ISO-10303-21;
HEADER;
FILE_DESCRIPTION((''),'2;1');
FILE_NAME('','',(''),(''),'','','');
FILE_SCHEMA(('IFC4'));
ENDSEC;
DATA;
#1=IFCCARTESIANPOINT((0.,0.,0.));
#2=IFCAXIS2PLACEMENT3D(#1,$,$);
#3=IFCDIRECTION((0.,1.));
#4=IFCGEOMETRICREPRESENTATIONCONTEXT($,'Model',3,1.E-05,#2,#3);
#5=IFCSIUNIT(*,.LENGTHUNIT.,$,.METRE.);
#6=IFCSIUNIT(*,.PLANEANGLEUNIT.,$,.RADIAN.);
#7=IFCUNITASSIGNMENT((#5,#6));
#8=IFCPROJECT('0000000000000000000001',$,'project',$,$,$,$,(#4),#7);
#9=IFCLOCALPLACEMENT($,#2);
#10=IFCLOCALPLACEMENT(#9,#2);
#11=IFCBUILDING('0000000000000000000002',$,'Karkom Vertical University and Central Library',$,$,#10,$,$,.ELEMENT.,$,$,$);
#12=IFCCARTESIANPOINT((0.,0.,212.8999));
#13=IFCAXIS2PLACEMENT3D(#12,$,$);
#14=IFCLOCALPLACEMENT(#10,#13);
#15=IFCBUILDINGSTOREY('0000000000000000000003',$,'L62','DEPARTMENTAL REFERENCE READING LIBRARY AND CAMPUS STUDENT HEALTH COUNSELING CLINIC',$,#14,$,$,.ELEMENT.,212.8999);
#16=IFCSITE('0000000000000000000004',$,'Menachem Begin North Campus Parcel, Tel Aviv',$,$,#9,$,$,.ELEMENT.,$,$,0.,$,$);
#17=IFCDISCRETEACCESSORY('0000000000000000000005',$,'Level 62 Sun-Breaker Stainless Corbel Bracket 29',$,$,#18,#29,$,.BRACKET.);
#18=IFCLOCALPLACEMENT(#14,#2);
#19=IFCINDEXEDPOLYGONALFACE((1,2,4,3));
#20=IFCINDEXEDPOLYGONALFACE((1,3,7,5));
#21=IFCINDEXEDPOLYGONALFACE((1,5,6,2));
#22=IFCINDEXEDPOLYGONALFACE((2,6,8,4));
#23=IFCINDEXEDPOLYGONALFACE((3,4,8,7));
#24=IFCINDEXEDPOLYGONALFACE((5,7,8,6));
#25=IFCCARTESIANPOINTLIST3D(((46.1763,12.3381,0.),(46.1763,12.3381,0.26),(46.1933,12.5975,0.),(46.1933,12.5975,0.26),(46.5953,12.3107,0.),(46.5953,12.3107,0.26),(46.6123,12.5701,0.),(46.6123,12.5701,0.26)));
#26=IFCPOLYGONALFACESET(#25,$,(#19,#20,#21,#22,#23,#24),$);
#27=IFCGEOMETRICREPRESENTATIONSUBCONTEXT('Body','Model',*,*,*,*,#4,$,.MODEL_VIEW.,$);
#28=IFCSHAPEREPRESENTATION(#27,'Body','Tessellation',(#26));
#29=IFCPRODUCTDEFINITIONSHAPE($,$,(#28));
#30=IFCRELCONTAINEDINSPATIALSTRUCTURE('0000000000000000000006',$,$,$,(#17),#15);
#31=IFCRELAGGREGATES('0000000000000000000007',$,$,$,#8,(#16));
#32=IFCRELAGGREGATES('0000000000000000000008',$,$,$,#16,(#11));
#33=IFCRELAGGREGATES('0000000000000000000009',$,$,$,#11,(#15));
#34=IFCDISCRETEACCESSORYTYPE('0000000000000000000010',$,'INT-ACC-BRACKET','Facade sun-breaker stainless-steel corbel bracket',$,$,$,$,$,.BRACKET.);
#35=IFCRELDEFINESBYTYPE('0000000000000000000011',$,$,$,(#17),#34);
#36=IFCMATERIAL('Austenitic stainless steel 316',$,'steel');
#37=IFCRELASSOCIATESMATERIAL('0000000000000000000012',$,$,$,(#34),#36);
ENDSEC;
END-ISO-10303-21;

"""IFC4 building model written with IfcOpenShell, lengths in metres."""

from ifc_helpers import new_model, si_unit, direction, frame, origin, origin_with_axes, origin_2d, place, context, subcontext, project, spatial, rectangle, extrude, source, transform, mapped, material, type_object, element, save


model = new_model("IFC4")

# Units and contexts
model_context = context("Model", 3, precision=1e-05, world=origin(), true_north=direction((0.0, 1.0)))
body_context = subcontext(model_context, "Body", "Model", "MODEL_VIEW")
ifc_project = project(units=[si_unit("LENGTHUNIT", "METRE"), si_unit("PLANEANGLEUNIT", "RADIAN")], contexts=[model_context])

# Site, building, storey
site_placement = place(None, origin())
site = spatial("IfcSite", under=ifc_project, at=site_placement, Name="Menachem Begin North Campus Parcel, Tel Aviv", CompositionType="ELEMENT", RefElevation=0.0)
building_placement = place(site_placement, origin())
building = spatial("IfcBuilding", under=site, at=building_placement, Name="Karkom Vertical University and Central Library", CompositionType="ELEMENT")
storey_placement = place(building_placement, frame((0.0, 0.0, 212.8999)))
storey = spatial("IfcBuildingStorey", under=building, at=storey_placement, Name="L62", Description="DEPARTMENTAL REFERENCE READING LIBRARY AND CAMPUS STUDENT HEALTH COUNSELING CLINIC", CompositionType="ELEMENT", Elevation=212.8999)

# Discrete accessory
ifc_material_1 = material(Name="Austenitic stainless steel 316", Category="steel")
discrete_accessory_type = type_object("IfcDiscreteAccessoryType", Name="INT-ACC-BRACKET", Description="Facade sun-breaker stainless-steel corbel bracket", PredefinedType="BRACKET", material=ifc_material_1)
shared_shape_1 = source(origin_with_axes(), body_context, "Body", "SweptSolid", [
    extrude(rectangle(XDim=0.26, YDim=0.4199, at=origin_2d()), origin(), (0.0, 0.0, 1.0), 0.26),
])
discrete_accessory_placement = place(storey_placement, frame((46.3943, 12.4541, 0.0), z_axis=(0.0, 0.0, 1.0), x_axis=(0.065229, 0.99787, 0.0)))
element("IfcDiscreteAccessory", 1, at=discrete_accessory_placement, inside=storey, type_object=discrete_accessory_type, Name="Level 62 Sun-Breaker Stainless Corbel Bracket 29", PredefinedType="BRACKET", context=body_context, shape_type="MappedRepresentation", body=[
    mapped(shared_shape_1, transform((0.0, 0.0, 0.0), scale=1.0)),
])

save(model, "model.ifc")
